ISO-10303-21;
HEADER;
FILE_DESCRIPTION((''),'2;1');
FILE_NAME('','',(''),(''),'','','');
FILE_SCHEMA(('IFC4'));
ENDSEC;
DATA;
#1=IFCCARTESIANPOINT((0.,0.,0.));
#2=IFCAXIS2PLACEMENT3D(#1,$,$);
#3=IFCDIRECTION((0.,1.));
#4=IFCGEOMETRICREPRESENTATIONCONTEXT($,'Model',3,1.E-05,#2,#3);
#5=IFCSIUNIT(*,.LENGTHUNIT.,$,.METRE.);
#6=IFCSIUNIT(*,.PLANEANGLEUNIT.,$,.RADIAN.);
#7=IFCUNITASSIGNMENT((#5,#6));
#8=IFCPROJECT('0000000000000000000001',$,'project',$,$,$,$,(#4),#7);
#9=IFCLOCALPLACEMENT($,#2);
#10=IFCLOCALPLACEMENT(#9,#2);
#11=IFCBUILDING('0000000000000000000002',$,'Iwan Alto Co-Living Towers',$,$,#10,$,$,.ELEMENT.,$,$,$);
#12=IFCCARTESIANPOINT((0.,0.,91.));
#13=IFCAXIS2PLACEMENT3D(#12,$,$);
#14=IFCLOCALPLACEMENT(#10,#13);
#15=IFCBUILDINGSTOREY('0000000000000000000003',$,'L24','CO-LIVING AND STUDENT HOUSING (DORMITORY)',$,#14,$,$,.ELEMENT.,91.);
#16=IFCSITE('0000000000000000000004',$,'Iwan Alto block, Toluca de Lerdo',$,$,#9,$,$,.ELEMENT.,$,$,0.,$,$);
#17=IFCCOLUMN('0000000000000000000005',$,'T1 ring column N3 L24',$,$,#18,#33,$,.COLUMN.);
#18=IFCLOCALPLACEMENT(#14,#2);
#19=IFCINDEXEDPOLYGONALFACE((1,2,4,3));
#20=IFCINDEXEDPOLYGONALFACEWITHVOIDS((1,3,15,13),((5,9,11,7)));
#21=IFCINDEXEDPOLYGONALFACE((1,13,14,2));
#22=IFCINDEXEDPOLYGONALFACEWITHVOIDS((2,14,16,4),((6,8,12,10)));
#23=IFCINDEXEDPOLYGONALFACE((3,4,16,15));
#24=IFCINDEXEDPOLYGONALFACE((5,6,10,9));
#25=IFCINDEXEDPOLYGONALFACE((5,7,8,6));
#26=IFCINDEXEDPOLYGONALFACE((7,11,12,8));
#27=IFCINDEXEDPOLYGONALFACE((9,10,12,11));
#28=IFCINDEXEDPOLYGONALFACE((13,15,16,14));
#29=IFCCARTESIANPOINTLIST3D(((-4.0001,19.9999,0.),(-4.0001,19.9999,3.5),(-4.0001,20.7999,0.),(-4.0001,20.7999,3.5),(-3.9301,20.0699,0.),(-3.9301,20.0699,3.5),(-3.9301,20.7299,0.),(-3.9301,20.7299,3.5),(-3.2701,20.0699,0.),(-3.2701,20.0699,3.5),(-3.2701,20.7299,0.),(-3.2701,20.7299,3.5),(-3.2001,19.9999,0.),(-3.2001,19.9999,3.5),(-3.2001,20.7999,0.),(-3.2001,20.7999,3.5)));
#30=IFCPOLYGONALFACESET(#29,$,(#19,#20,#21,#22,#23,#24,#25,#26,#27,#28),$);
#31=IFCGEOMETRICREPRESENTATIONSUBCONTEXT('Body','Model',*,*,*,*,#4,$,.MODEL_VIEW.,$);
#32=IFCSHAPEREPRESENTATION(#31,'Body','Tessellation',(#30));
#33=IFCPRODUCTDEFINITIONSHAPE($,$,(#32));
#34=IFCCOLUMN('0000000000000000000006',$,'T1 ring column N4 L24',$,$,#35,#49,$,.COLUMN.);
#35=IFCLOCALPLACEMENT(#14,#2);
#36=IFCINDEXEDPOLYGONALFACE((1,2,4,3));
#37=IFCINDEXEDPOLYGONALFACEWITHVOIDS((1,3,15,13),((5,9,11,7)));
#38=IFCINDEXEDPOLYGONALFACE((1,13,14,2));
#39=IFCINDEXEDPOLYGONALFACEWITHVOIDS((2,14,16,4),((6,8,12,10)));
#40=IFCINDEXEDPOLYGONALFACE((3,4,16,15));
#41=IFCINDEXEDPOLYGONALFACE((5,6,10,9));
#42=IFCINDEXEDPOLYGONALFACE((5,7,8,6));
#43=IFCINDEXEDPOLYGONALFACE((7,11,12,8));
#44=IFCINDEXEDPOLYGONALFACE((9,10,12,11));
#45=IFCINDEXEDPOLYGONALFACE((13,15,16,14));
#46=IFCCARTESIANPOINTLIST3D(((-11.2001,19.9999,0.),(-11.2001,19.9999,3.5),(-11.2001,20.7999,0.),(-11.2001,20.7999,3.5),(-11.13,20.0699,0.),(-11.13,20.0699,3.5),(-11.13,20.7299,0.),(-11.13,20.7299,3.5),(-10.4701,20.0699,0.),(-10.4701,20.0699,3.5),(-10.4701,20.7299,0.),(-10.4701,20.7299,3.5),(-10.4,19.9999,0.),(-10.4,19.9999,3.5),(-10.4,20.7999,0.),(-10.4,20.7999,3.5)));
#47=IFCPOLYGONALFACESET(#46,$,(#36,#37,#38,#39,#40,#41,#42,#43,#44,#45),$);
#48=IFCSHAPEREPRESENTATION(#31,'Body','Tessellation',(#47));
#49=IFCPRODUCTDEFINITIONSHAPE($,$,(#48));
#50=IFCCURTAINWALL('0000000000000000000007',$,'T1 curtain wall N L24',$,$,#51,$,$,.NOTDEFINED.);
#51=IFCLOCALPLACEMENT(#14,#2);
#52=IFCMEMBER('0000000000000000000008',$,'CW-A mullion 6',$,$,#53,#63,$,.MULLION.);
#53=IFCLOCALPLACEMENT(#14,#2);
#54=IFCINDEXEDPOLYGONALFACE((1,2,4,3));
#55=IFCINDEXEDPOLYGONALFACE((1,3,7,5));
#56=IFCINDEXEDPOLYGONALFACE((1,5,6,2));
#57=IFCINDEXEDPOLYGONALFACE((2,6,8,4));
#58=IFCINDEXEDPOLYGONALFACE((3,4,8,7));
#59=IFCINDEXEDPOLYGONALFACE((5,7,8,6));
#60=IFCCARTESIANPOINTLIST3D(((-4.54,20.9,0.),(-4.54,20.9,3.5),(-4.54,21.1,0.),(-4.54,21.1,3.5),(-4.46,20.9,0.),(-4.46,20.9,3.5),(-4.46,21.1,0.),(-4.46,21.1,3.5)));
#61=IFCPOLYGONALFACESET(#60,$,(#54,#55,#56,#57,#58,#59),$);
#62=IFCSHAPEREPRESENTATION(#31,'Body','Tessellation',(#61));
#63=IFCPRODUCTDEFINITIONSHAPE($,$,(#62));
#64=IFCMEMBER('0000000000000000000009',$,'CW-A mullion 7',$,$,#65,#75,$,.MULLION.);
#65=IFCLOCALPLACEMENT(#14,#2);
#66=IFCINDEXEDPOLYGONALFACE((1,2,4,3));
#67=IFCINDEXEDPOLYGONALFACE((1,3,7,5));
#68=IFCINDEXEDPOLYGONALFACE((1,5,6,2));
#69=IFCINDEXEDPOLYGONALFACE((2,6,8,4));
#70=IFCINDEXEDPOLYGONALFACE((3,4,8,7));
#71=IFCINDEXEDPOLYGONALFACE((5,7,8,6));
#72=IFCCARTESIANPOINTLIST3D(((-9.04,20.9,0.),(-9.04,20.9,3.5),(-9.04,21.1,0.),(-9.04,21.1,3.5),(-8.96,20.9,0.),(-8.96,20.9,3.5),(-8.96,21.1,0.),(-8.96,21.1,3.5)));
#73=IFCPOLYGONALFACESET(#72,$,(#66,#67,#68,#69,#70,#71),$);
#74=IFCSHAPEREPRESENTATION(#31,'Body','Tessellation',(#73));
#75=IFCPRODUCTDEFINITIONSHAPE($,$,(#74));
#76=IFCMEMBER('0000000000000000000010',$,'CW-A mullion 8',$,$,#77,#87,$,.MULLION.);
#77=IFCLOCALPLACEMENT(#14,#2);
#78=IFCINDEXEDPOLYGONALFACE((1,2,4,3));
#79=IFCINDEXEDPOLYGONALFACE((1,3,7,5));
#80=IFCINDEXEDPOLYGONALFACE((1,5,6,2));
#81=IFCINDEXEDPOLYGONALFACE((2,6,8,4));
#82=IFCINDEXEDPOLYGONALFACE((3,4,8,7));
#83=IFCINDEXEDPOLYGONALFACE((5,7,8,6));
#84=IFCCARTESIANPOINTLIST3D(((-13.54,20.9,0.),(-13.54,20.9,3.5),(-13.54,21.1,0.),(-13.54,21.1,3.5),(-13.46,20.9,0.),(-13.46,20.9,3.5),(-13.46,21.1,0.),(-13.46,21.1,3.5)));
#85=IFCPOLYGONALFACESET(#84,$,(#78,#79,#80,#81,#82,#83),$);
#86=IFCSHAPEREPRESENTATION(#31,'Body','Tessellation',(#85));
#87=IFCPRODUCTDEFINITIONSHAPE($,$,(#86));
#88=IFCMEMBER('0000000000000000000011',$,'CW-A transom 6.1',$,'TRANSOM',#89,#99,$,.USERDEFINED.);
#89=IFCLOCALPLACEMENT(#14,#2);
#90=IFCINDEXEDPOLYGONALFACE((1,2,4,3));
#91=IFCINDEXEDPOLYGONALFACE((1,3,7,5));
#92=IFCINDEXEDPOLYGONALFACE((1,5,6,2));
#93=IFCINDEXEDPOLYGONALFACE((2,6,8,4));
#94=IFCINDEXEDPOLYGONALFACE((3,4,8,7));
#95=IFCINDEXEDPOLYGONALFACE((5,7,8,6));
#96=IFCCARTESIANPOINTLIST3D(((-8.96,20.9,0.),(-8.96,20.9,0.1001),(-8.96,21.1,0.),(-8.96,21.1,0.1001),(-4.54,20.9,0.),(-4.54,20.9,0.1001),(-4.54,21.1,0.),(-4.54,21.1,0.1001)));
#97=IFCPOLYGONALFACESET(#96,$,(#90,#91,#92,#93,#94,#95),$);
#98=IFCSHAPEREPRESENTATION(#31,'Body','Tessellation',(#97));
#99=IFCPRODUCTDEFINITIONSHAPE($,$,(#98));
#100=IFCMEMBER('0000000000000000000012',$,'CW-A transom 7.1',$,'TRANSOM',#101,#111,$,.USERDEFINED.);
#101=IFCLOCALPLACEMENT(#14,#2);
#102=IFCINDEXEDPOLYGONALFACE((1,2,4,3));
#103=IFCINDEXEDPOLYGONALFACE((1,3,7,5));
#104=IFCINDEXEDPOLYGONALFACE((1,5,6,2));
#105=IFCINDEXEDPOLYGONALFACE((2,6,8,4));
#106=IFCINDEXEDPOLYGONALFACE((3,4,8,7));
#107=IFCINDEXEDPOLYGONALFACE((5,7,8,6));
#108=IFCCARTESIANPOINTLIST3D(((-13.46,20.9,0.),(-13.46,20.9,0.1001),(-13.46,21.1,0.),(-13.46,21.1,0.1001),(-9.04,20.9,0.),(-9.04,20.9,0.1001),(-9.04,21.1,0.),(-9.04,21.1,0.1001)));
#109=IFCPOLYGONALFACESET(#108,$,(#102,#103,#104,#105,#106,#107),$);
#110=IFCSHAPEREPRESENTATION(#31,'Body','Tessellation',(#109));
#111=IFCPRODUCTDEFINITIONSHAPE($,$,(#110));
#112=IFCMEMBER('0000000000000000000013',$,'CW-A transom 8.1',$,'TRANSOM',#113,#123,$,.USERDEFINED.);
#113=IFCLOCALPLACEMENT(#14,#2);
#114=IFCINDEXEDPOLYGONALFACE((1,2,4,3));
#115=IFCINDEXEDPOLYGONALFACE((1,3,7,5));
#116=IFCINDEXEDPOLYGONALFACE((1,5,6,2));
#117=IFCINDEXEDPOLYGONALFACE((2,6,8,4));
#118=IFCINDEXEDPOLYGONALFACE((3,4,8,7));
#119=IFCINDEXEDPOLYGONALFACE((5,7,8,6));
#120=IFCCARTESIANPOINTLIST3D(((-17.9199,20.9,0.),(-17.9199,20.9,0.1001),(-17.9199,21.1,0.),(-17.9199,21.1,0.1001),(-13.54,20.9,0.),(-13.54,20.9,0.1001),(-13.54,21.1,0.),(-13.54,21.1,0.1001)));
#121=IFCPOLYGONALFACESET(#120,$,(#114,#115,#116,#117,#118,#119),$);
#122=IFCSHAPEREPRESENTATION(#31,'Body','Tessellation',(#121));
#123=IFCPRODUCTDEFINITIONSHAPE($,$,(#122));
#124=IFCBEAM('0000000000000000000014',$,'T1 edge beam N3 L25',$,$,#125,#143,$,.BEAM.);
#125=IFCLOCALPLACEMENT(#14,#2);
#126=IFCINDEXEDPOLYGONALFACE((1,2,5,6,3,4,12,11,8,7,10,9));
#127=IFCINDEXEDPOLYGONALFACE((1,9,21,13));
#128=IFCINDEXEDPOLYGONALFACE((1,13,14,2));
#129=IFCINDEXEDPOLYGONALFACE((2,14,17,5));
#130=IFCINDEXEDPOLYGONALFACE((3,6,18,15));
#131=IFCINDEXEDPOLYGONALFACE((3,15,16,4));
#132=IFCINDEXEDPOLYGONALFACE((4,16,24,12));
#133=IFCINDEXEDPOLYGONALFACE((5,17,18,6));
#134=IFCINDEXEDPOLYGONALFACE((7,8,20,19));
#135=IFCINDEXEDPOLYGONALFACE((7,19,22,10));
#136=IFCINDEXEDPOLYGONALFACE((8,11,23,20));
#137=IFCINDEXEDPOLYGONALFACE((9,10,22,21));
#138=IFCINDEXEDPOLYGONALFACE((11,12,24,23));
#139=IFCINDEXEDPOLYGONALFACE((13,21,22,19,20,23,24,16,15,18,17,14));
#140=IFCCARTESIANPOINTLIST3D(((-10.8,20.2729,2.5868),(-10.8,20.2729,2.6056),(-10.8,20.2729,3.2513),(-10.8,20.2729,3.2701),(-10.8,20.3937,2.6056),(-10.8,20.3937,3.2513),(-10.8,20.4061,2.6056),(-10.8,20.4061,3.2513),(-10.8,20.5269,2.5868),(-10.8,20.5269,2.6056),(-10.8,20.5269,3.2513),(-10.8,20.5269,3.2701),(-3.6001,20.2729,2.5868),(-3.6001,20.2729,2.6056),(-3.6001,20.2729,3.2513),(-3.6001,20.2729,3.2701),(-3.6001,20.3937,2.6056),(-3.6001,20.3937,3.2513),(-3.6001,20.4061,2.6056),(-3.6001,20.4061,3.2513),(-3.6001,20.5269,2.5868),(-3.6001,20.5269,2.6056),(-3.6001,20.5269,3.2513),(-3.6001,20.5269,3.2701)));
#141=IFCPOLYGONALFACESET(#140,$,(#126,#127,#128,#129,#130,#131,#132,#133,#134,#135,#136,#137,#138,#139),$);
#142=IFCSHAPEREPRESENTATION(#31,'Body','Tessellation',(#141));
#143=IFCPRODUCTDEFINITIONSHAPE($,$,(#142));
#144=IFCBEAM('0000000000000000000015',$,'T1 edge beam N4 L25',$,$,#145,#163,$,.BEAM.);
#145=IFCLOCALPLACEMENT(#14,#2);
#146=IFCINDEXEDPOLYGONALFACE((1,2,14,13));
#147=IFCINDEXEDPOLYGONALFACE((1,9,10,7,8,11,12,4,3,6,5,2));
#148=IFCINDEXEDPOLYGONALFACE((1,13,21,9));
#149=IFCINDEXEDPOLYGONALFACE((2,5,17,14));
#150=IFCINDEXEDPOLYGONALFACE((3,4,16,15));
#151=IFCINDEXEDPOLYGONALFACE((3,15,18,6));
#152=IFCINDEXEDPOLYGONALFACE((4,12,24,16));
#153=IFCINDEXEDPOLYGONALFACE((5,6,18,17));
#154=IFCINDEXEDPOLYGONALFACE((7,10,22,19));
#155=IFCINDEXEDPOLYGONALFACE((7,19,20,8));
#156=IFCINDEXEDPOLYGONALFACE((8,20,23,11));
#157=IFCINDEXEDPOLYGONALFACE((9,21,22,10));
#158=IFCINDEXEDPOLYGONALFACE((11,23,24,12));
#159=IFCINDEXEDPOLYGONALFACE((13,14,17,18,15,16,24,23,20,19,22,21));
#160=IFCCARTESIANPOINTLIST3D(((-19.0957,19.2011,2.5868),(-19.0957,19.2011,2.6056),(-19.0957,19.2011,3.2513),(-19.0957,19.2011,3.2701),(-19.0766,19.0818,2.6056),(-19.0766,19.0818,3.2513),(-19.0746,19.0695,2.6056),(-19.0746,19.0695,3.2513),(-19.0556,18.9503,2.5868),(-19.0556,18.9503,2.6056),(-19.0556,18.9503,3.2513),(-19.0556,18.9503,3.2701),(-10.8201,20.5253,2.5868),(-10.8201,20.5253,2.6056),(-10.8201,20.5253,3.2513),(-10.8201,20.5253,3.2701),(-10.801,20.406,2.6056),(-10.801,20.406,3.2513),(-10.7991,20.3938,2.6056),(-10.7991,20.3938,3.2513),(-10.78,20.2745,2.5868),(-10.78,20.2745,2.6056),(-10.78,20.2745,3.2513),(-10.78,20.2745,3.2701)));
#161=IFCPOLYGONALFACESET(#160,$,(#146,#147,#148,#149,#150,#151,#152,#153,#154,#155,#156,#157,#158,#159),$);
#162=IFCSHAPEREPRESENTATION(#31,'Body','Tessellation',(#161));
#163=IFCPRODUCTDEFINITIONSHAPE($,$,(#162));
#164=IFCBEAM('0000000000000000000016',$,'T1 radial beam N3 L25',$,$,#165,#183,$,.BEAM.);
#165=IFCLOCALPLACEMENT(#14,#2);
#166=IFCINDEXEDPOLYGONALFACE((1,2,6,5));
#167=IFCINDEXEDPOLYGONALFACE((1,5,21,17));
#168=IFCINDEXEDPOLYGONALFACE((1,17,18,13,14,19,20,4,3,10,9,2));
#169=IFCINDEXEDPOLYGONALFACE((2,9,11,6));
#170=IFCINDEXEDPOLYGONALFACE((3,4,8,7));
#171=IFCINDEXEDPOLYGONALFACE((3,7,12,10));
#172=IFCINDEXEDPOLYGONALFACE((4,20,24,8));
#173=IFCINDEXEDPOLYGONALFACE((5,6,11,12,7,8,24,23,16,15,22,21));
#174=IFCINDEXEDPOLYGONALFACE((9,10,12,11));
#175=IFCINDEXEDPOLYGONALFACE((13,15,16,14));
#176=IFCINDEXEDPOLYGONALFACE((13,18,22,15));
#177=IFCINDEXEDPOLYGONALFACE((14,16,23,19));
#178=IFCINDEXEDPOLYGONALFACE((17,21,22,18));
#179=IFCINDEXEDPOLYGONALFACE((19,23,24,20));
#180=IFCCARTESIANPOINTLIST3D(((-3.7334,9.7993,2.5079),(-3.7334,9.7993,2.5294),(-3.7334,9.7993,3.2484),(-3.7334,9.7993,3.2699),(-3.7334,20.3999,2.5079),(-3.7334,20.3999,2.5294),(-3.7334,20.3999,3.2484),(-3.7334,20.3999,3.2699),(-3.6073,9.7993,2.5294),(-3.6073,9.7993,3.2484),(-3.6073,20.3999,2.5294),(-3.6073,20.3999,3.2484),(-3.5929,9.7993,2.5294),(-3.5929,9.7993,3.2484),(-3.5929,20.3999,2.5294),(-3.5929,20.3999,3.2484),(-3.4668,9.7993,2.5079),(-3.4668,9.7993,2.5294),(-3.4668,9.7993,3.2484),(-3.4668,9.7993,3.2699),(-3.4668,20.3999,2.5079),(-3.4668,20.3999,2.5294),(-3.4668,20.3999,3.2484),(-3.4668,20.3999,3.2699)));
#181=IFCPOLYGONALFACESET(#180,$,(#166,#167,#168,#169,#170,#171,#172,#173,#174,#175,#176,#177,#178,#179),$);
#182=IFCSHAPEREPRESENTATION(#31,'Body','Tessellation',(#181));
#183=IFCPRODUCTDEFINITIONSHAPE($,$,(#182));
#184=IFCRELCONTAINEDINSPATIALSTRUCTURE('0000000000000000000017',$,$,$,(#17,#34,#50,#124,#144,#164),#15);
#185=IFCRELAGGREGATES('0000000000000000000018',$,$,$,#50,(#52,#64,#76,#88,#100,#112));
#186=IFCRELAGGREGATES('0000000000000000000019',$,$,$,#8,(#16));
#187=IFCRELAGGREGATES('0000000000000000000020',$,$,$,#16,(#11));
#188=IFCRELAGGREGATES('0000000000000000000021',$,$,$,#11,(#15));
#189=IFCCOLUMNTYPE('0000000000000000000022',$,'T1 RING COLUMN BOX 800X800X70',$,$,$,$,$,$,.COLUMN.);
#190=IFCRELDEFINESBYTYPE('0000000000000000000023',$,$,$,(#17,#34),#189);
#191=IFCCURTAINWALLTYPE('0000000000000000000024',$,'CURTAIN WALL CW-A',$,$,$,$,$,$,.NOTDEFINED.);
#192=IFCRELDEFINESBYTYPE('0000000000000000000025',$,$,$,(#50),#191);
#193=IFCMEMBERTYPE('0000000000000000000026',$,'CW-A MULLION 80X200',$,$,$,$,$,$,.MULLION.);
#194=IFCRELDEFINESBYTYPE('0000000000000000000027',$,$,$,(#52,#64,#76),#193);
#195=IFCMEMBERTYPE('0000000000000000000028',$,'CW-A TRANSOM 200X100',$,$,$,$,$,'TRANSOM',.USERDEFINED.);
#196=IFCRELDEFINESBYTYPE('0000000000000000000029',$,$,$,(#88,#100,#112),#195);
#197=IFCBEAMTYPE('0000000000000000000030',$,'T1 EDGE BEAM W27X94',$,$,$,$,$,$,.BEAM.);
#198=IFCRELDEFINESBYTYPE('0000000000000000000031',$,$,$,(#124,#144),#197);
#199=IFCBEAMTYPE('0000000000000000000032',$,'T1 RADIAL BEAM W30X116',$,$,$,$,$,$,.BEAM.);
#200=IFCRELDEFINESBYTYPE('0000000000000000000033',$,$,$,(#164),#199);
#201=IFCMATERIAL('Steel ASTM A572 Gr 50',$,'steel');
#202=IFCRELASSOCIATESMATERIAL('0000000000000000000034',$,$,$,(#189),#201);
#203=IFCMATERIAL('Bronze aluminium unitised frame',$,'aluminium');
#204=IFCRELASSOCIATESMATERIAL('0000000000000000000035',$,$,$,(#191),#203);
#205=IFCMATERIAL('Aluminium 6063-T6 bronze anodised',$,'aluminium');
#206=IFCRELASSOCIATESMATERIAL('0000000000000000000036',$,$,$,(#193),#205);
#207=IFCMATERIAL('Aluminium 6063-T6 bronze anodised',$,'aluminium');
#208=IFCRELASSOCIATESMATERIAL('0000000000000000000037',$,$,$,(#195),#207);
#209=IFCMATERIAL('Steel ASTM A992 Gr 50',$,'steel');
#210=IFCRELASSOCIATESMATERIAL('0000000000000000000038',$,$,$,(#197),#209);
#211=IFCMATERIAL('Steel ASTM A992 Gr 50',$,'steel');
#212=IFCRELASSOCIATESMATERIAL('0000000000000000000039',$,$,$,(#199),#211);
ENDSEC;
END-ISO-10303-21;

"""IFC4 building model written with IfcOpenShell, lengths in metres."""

from ifc_helpers import new_model, si_unit, direction, frame, origin, origin_2d, place, context, subcontext, project, spatial, rectangle, hollow_rectangle, i_section, extrude, material, material_profile, profile_set, type_object, element, aggregate, save


model = new_model("IFC4")

# Units and contexts
model_context = context("Model", 3, precision=1e-05, world=origin(), true_north=direction((0.0, 1.0)))
body_context = subcontext(model_context, "Body", "Model", "MODEL_VIEW")
ifc_project = project(units=[si_unit("LENGTHUNIT", "METRE"), si_unit("PLANEANGLEUNIT", "RADIAN")], contexts=[model_context])

# Site, building, storey
site_placement = place(None, origin())
site = spatial("IfcSite", under=ifc_project, at=site_placement, Name="Iwan Alto block, Toluca de Lerdo", CompositionType="ELEMENT", RefElevation=0.0)
building_placement = place(site_placement, origin())
building = spatial("IfcBuilding", under=site, at=building_placement, Name="Iwan Alto Co-Living Towers", CompositionType="ELEMENT")
storey_placement = place(building_placement, frame((0.0, 0.0, 91.0)))
storey = spatial("IfcBuildingStorey", under=building, at=storey_placement, Name="L24", Description="CO-LIVING AND STUDENT HOUSING (DORMITORY)", CompositionType="ELEMENT", Elevation=91.0)

# Columns
ifc_material_1 = material(Name="Steel ASTM A572 Gr 50", Category="steel")
ifc_material_profile_1 = material_profile(ifc_material_1, hollow_rectangle(XDim=0.8, YDim=0.8, WallThickness=0.0701, at=origin_2d()), Name="BOX 800X800X70")
ifc_profile_set_1 = profile_set([ifc_material_profile_1], Name="Steel ASTM A572 Gr 50")
column_type = type_object("IfcColumnType", Name="T1 RING COLUMN BOX 800X800X70", PredefinedType="COLUMN", material=ifc_profile_set_1)
for number, where, z_axis, x_axis, name in (
    (1, (-3.6001, 20.3999, 0.0), (0.0, 0.0, 1.0), (1.0, 0.0, 0.0), "T1 ring column N3 L24"),
    (2, (-10.8, 20.3999, 0.0), (0.0, 0.0, 1.0), (1.0, 0.0, 0.0), "T1 ring column N4 L24"),
):
    element("IfcColumn", number, at=place(storey_placement, frame(where, z_axis=z_axis, x_axis=x_axis)), inside=storey, type_object=column_type, Name=name, PredefinedType="COLUMN", context=body_context, shape_type="SweptSolid", body=[
        extrude(hollow_rectangle(XDim=0.8, YDim=0.8, WallThickness=0.0701, at=origin_2d()), origin(), (0.0, 0.0, 1.0), 3.5),
    ])

# Curtain wall, members
ifc_material_2 = material(Name="Bronze aluminium unitised frame", Category="aluminium")
curtain_wall_type = type_object("IfcCurtainWallType", Name="CURTAIN WALL CW-A", PredefinedType="NOTDEFINED", material=ifc_material_2)
curtain_wall_placement = place(storey_placement, origin())
curtain_wall = element("IfcCurtainWall", 3, at=curtain_wall_placement, inside=storey, type_object=curtain_wall_type, Name="T1 curtain wall N L24", PredefinedType="NOTDEFINED")
ifc_material_3 = material(Name="Aluminium 6063-T6 bronze anodised", Category="aluminium")
ifc_material_profile_2 = material_profile(ifc_material_3, rectangle(XDim=0.2, YDim=0.0801, at=origin_2d()), Name="AL 80X200")
ifc_profile_set_2 = profile_set([ifc_material_profile_2], Name="Aluminium 6063-T6 bronze anodised")
member_type_1 = type_object("IfcMemberType", Name="CW-A MULLION 80X200", PredefinedType="MULLION", material=ifc_profile_set_2)
member_1_placement = place(storey_placement, frame((-4.5, 21.0, 0.0), z_axis=(0.0, 0.0, 1.0), x_axis=(0.0, -1.0, 0.0)))
member_1 = element("IfcMember", 4, at=member_1_placement, type_object=member_type_1, Name="CW-A mullion 6", PredefinedType="MULLION", context=body_context, shape_type="SweptSolid", body=[
    extrude(rectangle(XDim=0.2, YDim=0.0801, at=origin_2d()), origin(), (0.0, 0.0, 1.0), 3.5),
])
member_2_placement = place(storey_placement, frame((-9.0, 21.0, 0.0), z_axis=(0.0, 0.0, 1.0), x_axis=(0.0, -1.0, 0.0)))
member_2 = element("IfcMember", 5, at=member_2_placement, type_object=member_type_1, Name="CW-A mullion 7", PredefinedType="MULLION", context=body_context, shape_type="SweptSolid", body=[
    extrude(rectangle(XDim=0.2, YDim=0.0801, at=origin_2d()), origin(), (0.0, 0.0, 1.0), 3.5),
])
member_3_placement = place(storey_placement, frame((-13.5, 21.0, 0.0), z_axis=(0.0, 0.0, 1.0), x_axis=(0.0, -1.0, 0.0)))
member_3 = element("IfcMember", 6, at=member_3_placement, type_object=member_type_1, Name="CW-A mullion 8", PredefinedType="MULLION", context=body_context, shape_type="SweptSolid", body=[
    extrude(rectangle(XDim=0.2, YDim=0.0801, at=origin_2d()), origin(), (0.0, 0.0, 1.0), 3.5),
])
ifc_material_4 = material(Name="Aluminium 6063-T6 bronze anodised", Category="aluminium")
ifc_material_profile_3 = material_profile(ifc_material_4, rectangle(XDim=0.2, YDim=0.1001, at=origin_2d()), Name="AL 200X100")
ifc_profile_set_3 = profile_set([ifc_material_profile_3], Name="Aluminium 6063-T6 bronze anodised")
member_type_2 = type_object("IfcMemberType", Name="CW-A TRANSOM 200X100", ElementType="TRANSOM", PredefinedType="USERDEFINED", material=ifc_profile_set_3)
member_4_placement = place(storey_placement, frame((-4.54, 21.0, 0.05), z_axis=(-1.0, 0.0, 0.0), x_axis=(0.0, -1.0, 0.0)))
member_4 = element("IfcMember", 7, at=member_4_placement, type_object=member_type_2, Name="CW-A transom 6.1", ObjectType="TRANSOM", PredefinedType="USERDEFINED", context=body_context, shape_type="SweptSolid", body=[
    extrude(rectangle(XDim=0.2, YDim=0.1001, at=origin_2d()), origin(), (0.0, 0.0, 1.0), 4.4199),
])
member_5_placement = place(storey_placement, frame((-9.04, 21.0, 0.05), z_axis=(-1.0, 0.0, 0.0), x_axis=(0.0, -1.0, 0.0)))
member_5 = element("IfcMember", 8, at=member_5_placement, type_object=member_type_2, Name="CW-A transom 7.1", ObjectType="TRANSOM", PredefinedType="USERDEFINED", context=body_context, shape_type="SweptSolid", body=[
    extrude(rectangle(XDim=0.2, YDim=0.1001, at=origin_2d()), origin(), (0.0, 0.0, 1.0), 4.4199),
])
member_6_placement = place(storey_placement, frame((-13.54, 21.0, 0.05), z_axis=(-1.0, 0.0, 0.0), x_axis=(0.0, -1.0, 0.0)))
member_6 = element("IfcMember", 9, at=member_6_placement, type_object=member_type_2, Name="CW-A transom 8.1", ObjectType="TRANSOM", PredefinedType="USERDEFINED", context=body_context, shape_type="SweptSolid", body=[
    extrude(rectangle(XDim=0.2, YDim=0.1001, at=origin_2d()), origin(), (0.0, 0.0, 1.0), 4.3799),
])

# Beams
ifc_material_5 = material(Name="Steel ASTM A992 Gr 50", Category="steel")
ifc_material_profile_4 = material_profile(ifc_material_5, i_section(OverallWidth=0.2539, OverallDepth=0.6833, WebThickness=0.0125, FlangeThickness=0.0188, at=origin_2d()), Name="W27X94")
ifc_profile_set_4 = profile_set([ifc_material_profile_4], Name="Steel ASTM A992 Gr 50")
beam_type_1 = type_object("IfcBeamType", Name="T1 EDGE BEAM W27X94", PredefinedType="BEAM", material=ifc_profile_set_4)
beam_1_placement = place(storey_placement, frame((-3.6001, 20.3999, 2.9285), z_axis=(-1.0, 0.0, 0.0), x_axis=(0.0, -1.0, 0.0)))
element("IfcBeam", 10, at=beam_1_placement, inside=storey, type_object=beam_type_1, Name="T1 edge beam N3 L25", PredefinedType="BEAM", context=body_context, shape_type="SweptSolid", body=[
    extrude(i_section(OverallWidth=0.2539, OverallDepth=0.6833, WebThickness=0.0125, FlangeThickness=0.0188, at=origin_2d()), origin(), (0.0, 0.0, 1.0), 7.2),
])
beam_2_placement = place(storey_placement, frame((-10.8, 20.3999, 2.9285), z_axis=(-0.987438, -0.158004, 0.0), x_axis=(0.158004, -0.987438, 0.0)))
element("IfcBeam", 11, at=beam_2_placement, inside=storey, type_object=beam_type_1, Name="T1 edge beam N4 L25", PredefinedType="BEAM", context=body_context, shape_type="SweptSolid", body=[
    extrude(i_section(OverallWidth=0.2539, OverallDepth=0.6833, WebThickness=0.0125, FlangeThickness=0.0188, at=origin_2d()), origin(), (0.0, 0.0, 1.0), 8.3809),
])
ifc_material_6 = material(Name="Steel ASTM A992 Gr 50", Category="steel")
ifc_material_profile_5 = material_profile(ifc_material_6, i_section(OverallWidth=0.2666, OverallDepth=0.762, WebThickness=0.0144, FlangeThickness=0.0215, at=origin_2d()), Name="W30X116")
ifc_profile_set_5 = profile_set([ifc_material_profile_5], Name="Steel ASTM A992 Gr 50")
beam_type_2 = type_object("IfcBeamType", Name="T1 RADIAL BEAM W30X116", PredefinedType="BEAM", material=ifc_profile_set_5)
beam_3_placement = place(storey_placement, frame((-3.6001, 20.3999, 2.8889), z_axis=(0.0, -1.0, 0.0), x_axis=(1.0, 0.0, 0.0)))
element("IfcBeam", 12, at=beam_3_placement, inside=storey, type_object=beam_type_2, Name="T1 radial beam N3 L25", PredefinedType="BEAM", context=body_context, shape_type="SweptSolid", body=[
    extrude(i_section(OverallWidth=0.2666, OverallDepth=0.762, WebThickness=0.0144, FlangeThickness=0.0215, at=origin_2d()), origin(), (0.0, 0.0, 1.0), 10.6006),
])

aggregate(curtain_wall, [member_1, member_2, member_3, member_4, member_5, member_6])

save(model, "model.ifc")
